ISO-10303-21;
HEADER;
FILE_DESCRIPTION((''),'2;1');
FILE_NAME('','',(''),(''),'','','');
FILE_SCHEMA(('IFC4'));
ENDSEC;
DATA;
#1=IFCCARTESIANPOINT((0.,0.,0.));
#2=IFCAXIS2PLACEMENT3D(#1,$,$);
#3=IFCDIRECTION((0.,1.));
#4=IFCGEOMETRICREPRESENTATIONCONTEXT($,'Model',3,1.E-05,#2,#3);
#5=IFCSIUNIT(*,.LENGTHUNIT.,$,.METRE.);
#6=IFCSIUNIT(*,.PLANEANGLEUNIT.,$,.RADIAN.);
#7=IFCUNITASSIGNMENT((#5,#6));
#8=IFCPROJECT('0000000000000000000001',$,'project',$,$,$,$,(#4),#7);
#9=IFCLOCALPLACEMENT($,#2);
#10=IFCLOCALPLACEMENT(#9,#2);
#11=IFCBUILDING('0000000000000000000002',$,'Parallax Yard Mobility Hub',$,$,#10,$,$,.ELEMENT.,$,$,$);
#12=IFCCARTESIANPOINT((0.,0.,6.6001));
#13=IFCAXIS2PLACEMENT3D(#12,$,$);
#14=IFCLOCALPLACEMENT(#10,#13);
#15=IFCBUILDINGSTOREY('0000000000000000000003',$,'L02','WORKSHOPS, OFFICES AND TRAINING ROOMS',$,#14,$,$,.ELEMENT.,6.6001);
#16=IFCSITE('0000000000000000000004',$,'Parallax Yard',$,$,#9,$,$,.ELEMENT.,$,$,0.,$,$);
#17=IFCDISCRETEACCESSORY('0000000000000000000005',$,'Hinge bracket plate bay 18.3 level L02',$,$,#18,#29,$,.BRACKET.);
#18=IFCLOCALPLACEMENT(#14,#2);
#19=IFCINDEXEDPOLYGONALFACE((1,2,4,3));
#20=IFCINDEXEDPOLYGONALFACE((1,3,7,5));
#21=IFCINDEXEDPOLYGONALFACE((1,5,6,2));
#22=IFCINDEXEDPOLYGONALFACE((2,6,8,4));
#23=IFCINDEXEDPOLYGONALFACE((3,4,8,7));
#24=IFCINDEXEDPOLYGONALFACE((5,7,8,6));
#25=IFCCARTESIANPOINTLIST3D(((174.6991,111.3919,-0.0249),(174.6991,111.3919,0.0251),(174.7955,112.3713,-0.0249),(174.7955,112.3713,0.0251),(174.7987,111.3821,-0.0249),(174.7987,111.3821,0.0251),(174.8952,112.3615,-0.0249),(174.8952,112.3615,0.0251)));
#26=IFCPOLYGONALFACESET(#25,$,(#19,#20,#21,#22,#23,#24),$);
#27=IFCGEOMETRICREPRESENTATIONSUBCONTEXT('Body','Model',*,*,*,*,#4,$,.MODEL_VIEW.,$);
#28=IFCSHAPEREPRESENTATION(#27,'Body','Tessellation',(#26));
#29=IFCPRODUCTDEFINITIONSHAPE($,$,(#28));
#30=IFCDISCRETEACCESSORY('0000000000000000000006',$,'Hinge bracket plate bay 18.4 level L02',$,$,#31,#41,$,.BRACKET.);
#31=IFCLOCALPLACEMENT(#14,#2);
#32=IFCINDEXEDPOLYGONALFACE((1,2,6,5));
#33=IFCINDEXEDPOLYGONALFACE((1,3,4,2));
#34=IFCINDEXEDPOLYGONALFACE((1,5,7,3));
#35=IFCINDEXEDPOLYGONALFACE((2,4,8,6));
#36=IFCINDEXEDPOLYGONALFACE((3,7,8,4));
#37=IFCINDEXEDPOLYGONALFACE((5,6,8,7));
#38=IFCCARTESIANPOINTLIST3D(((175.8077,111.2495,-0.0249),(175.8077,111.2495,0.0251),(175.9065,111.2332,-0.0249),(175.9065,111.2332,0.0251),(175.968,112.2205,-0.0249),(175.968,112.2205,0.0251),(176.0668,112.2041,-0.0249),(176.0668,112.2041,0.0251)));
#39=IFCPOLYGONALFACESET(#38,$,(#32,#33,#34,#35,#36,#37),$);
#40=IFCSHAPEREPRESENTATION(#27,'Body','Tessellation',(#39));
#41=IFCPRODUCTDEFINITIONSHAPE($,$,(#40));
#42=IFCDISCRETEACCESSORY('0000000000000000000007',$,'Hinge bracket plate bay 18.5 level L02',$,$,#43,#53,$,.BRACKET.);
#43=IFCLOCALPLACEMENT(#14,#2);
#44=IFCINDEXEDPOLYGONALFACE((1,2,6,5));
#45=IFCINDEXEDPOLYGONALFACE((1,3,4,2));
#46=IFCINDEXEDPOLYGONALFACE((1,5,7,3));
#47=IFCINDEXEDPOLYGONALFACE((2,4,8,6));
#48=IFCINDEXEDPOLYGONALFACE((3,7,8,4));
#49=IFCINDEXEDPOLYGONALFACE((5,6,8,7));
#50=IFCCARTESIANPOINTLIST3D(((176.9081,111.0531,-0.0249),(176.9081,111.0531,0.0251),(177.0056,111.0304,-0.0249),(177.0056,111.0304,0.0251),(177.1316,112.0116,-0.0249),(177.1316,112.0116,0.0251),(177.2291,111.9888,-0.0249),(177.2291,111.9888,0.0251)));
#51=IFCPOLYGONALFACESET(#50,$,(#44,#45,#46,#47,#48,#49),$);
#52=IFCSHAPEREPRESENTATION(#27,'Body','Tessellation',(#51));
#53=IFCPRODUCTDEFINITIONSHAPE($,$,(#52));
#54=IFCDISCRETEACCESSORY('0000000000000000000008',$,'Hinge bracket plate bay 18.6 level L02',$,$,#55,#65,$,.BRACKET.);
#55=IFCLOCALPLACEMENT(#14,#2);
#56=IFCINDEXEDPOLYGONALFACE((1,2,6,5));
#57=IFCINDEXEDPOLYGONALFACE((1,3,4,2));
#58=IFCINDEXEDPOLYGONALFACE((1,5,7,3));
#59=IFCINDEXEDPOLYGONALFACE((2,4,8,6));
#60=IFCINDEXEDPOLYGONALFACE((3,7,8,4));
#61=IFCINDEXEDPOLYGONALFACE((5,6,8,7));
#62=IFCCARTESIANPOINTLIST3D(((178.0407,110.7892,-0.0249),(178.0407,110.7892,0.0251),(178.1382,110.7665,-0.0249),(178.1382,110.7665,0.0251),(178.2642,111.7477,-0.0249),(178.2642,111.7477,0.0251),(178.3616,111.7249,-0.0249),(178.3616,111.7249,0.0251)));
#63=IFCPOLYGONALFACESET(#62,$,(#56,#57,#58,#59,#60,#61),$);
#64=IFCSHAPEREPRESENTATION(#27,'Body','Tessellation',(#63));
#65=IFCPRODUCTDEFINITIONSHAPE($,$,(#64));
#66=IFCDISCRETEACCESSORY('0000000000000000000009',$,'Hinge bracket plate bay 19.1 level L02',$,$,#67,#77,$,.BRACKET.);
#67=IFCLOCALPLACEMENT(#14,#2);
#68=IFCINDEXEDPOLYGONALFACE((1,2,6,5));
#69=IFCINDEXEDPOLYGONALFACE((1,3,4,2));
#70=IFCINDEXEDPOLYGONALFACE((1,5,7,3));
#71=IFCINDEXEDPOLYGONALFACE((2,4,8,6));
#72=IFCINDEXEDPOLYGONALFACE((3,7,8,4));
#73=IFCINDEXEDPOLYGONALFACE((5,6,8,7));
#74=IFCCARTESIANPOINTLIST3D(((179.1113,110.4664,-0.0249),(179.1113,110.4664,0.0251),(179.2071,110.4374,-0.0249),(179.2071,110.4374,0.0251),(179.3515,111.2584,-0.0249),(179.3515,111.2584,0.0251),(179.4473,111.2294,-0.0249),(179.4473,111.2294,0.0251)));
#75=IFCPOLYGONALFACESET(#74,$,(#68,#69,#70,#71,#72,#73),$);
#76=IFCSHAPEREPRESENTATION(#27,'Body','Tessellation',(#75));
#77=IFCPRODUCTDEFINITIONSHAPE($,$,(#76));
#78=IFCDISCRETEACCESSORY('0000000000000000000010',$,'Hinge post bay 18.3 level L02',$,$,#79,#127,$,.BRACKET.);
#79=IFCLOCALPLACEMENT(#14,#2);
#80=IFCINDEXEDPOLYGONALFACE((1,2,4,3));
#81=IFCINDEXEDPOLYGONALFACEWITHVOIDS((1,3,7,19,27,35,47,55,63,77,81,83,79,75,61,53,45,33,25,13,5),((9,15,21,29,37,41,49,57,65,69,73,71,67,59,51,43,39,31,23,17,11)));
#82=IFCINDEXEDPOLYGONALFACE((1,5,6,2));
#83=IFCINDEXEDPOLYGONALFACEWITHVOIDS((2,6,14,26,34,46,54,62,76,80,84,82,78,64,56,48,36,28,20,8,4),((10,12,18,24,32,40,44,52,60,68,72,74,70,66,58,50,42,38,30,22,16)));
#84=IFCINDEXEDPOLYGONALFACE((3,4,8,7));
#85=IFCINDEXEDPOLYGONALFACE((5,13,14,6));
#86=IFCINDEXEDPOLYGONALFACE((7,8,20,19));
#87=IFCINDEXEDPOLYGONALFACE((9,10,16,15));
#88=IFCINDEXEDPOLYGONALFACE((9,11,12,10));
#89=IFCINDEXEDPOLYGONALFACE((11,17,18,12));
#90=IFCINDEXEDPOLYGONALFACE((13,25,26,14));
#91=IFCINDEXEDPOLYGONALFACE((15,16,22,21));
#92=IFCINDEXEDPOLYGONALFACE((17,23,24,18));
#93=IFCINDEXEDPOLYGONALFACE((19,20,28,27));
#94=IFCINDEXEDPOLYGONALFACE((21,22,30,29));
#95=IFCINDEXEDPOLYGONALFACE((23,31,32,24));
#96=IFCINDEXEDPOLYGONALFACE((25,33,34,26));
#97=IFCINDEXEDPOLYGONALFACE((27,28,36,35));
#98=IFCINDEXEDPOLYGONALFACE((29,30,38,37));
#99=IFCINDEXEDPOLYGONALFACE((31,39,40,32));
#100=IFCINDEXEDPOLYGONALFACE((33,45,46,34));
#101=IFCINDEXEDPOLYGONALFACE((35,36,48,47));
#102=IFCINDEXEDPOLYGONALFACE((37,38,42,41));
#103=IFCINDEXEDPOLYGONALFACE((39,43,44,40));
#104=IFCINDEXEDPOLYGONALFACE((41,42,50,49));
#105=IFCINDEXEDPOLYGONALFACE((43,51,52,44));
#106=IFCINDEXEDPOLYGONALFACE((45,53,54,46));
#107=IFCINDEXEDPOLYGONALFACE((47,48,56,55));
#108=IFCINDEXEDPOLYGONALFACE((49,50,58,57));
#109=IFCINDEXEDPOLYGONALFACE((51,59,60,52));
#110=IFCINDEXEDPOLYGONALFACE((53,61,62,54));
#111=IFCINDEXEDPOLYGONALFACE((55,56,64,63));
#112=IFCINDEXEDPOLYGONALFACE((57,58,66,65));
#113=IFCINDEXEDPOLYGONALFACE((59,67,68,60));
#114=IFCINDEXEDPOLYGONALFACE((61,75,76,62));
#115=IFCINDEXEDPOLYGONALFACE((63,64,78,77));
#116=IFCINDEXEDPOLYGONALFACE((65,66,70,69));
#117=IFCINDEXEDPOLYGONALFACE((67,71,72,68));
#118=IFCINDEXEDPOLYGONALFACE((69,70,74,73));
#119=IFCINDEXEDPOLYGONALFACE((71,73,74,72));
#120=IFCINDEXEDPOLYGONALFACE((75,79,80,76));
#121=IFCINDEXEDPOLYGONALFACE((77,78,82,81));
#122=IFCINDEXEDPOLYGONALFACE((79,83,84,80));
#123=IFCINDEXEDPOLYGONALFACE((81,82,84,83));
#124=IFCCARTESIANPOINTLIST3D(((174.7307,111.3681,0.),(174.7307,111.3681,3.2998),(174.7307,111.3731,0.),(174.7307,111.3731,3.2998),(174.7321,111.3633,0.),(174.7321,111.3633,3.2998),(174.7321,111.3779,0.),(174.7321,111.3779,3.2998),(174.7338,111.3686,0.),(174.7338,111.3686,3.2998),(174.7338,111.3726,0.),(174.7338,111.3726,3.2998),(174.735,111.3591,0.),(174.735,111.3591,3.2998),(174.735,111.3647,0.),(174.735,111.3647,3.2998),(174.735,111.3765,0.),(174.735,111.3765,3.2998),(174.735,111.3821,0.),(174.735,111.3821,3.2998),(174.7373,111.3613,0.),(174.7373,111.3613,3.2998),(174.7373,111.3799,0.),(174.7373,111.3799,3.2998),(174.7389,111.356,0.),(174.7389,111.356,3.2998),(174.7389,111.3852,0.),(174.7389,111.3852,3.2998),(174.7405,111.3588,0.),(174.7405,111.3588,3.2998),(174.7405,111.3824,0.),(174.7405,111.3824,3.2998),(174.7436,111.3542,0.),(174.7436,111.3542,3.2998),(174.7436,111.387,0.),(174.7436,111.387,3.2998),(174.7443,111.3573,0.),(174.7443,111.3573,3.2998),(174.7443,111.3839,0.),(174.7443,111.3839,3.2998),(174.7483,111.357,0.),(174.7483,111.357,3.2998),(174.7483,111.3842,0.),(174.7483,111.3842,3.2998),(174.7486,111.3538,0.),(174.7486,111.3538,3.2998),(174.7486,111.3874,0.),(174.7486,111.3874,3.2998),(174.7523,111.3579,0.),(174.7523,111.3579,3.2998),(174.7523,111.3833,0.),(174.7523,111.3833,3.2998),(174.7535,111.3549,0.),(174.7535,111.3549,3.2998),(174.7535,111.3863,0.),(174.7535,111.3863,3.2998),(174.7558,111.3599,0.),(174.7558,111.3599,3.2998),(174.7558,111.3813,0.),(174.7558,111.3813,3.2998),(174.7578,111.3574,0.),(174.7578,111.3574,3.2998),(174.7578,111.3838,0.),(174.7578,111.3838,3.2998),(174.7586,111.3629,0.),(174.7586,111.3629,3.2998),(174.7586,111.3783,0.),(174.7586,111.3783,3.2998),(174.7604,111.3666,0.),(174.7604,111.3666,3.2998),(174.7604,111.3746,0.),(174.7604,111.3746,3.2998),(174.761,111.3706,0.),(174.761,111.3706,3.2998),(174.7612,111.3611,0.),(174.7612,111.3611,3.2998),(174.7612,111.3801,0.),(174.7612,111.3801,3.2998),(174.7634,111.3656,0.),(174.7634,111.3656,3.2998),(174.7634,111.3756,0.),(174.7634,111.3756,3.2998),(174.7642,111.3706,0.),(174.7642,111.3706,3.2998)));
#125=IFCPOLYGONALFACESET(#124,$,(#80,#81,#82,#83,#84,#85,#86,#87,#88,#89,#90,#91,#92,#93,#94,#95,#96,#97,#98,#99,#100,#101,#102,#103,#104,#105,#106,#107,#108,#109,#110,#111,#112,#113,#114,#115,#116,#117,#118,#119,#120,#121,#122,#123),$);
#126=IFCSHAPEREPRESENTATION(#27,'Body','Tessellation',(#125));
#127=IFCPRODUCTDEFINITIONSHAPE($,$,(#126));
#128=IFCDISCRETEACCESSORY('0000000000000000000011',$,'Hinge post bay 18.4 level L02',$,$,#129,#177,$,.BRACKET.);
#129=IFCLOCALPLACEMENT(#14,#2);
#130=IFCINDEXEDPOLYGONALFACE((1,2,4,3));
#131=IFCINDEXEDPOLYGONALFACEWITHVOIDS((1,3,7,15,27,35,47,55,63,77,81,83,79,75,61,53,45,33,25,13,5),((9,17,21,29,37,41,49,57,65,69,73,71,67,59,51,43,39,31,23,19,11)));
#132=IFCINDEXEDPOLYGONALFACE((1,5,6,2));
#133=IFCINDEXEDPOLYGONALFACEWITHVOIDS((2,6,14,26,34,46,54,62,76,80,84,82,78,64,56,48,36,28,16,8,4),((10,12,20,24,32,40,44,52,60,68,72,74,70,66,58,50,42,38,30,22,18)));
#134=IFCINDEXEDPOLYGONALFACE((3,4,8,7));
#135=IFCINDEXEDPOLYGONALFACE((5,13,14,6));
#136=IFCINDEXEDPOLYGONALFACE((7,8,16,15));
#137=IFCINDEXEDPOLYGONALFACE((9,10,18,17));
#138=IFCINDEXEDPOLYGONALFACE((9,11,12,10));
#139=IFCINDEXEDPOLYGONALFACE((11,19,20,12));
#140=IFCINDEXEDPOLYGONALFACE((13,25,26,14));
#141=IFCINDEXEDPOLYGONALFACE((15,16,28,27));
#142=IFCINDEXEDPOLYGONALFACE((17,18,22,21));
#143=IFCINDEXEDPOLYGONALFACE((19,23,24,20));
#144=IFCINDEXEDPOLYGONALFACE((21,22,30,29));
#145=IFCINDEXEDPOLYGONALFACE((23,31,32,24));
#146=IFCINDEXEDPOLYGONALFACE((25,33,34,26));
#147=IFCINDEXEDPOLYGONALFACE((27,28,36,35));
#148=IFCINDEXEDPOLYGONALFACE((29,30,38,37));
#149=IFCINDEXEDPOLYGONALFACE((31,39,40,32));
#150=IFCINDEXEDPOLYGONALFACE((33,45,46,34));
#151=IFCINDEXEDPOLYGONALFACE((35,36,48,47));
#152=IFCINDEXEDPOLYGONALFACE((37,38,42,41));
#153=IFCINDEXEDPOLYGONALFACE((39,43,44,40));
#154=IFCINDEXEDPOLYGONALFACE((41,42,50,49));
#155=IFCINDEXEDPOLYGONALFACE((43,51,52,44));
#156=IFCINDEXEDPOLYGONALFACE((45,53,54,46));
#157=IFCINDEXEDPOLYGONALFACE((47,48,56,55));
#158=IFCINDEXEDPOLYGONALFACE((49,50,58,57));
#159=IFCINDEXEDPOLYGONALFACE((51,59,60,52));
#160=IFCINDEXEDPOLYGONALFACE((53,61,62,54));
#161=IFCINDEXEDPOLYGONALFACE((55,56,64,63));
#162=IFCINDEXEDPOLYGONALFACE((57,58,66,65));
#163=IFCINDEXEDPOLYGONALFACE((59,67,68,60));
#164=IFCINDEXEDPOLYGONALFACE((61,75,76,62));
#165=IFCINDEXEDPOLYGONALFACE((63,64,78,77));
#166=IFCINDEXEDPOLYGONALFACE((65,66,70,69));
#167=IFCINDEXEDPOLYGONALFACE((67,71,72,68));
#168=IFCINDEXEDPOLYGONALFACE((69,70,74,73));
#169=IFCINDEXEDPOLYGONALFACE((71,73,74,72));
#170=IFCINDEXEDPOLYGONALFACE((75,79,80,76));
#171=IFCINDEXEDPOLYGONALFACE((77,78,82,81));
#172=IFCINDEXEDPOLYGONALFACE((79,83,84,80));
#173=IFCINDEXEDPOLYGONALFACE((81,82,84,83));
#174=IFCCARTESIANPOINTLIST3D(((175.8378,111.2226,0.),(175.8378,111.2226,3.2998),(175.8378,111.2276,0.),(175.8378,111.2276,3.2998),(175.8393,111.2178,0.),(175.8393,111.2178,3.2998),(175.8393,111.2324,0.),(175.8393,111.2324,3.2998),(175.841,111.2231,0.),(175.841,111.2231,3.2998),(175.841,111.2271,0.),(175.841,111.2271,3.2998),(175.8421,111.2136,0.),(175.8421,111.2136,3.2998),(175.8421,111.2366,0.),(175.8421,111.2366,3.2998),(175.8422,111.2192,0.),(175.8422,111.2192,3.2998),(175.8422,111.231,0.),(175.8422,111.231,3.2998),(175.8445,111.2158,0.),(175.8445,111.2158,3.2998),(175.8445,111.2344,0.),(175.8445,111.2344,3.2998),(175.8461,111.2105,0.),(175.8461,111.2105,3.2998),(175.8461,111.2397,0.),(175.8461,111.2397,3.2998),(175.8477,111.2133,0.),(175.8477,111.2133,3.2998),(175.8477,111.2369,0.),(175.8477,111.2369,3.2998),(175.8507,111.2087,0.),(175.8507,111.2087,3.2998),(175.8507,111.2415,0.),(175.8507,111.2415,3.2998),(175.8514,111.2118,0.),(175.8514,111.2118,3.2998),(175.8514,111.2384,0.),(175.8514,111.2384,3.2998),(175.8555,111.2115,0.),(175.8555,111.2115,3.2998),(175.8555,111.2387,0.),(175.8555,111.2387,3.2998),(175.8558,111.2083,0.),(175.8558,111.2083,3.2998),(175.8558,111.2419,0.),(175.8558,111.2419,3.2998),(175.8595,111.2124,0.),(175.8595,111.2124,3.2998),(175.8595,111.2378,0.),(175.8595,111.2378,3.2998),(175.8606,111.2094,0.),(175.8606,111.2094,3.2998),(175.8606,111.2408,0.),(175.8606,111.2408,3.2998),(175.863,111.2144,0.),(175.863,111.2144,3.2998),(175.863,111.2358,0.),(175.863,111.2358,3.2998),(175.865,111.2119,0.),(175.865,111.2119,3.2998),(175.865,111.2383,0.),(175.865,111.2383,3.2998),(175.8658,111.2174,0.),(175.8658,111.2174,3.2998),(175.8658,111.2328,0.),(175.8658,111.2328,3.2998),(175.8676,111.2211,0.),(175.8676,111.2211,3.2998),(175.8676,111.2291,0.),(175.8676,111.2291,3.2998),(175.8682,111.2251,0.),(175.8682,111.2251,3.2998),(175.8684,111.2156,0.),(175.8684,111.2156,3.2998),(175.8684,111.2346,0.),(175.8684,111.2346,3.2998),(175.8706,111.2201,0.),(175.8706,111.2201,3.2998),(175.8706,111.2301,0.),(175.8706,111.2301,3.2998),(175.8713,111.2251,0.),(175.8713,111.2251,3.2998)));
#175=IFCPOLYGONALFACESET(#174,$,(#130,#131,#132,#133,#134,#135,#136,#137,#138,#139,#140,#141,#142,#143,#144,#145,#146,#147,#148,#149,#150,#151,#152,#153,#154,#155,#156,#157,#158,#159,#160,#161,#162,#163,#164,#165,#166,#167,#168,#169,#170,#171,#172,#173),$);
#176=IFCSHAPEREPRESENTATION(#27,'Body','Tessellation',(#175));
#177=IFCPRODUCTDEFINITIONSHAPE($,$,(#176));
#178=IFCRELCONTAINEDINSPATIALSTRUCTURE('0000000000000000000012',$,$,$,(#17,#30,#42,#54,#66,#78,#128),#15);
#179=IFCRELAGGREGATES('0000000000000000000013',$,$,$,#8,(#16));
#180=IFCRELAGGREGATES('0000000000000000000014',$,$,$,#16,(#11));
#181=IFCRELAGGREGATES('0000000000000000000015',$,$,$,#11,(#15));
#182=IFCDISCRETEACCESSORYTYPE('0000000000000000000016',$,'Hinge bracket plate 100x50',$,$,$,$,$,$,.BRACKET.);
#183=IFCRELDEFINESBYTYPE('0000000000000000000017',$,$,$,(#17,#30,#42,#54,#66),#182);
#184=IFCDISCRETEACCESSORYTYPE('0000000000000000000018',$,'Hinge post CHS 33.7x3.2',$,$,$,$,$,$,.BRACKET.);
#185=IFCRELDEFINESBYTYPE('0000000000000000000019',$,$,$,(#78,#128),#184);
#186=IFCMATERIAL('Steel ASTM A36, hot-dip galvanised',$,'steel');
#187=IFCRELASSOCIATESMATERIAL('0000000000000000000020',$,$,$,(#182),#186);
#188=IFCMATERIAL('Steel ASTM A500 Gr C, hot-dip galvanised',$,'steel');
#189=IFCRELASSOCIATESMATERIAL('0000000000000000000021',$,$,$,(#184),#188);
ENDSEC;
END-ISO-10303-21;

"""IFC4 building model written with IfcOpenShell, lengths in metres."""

from ifc_helpers import new_model, si_unit, direction, frame, origin, origin_2d, place, context, subcontext, project, spatial, rectangle, hollow_circle, extrude, material, material_profile, profile_set, type_object, element, save


model = new_model("IFC4")

# Units and contexts
model_context = context("Model", 3, precision=1e-05, world=origin(), true_north=direction((0.0, 1.0)))
body_context = subcontext(model_context, "Body", "Model", "MODEL_VIEW")
ifc_project = project(units=[si_unit("LENGTHUNIT", "METRE"), si_unit("PLANEANGLEUNIT", "RADIAN")], contexts=[model_context])

# Site, building, storey
site_placement = place(None, origin())
site = spatial("IfcSite", under=ifc_project, at=site_placement, Name="Parallax Yard", CompositionType="ELEMENT", RefElevation=0.0)
building_placement = place(site_placement, origin())
building = spatial("IfcBuilding", under=site, at=building_placement, Name="Parallax Yard Mobility Hub", CompositionType="ELEMENT")
storey_placement = place(building_placement, frame((0.0, 0.0, 6.6001)))
storey = spatial("IfcBuildingStorey", under=building, at=storey_placement, Name="L02", Description="WORKSHOPS, OFFICES AND TRAINING ROOMS", CompositionType="ELEMENT", Elevation=6.6001)

# Discrete accessories
ifc_material_1 = material(Name="Steel ASTM A36, hot-dip galvanised", Category="steel")
discrete_accessory_type_1 = type_object("IfcDiscreteAccessoryType", Name="Hinge bracket plate 100x50", PredefinedType="BRACKET", material=ifc_material_1)
for number, where, z_axis, x_axis, name in (
    (1, (174.7971, 111.8767, -0.0249), (0.0, 0.0, 1.0), (-0.098017, -0.995185, 0.0), "Hinge bracket plate bay 18.3 level L02"),
    (2, (175.9373, 111.7268, -0.0249), (0.0, 0.0, 1.0), (-0.162895, -0.986643, 0.0), "Hinge bracket plate bay 18.4 level L02"),
    (3, (177.0686, 111.521, -0.0249), (0.0, 0.0, 1.0), (-0.227076, -0.973877, 0.0), "Hinge bracket plate bay 18.5 level L02"),
    (4, (178.2012, 111.2571, -0.0249), (0.0, 0.0, 1.0), (-0.227076, -0.973877, 0.0), "Hinge bracket plate bay 18.6 level L02"),
):
    element("IfcDiscreteAccessory", number, at=place(storey_placement, frame(where, z_axis=z_axis, x_axis=x_axis)), inside=storey, type_object=discrete_accessory_type_1, Name=name, PredefinedType="BRACKET", context=body_context, shape_type="SweptSolid", body=[
        extrude(rectangle(XDim=0.9841, YDim=0.1001, at=origin_2d()), origin(), (0.0, 0.0, 1.0), 0.05),
    ])
discrete_accessory_placement = place(storey_placement, frame((179.2793, 110.8479, -0.0249), z_axis=(0.0, 0.0, 1.0), x_axis=(-0.290285, -0.95694, 0.0)))
element("IfcDiscreteAccessory", 5, at=discrete_accessory_placement, inside=storey, type_object=discrete_accessory_type_1, Name="Hinge bracket plate bay 19.1 level L02", PredefinedType="BRACKET", context=body_context, shape_type="SweptSolid", body=[
    extrude(rectangle(XDim=0.8276, YDim=0.1001, at=origin_2d()), origin(), (0.0, 0.0, 1.0), 0.05),
])
ifc_material_2 = material(Name="Steel ASTM A500 Gr C, hot-dip galvanised", Category="steel")
ifc_material_profile_1 = material_profile(ifc_material_2, hollow_circle(Radius=0.0168, WallThickness=0.0032, at=origin_2d()), Name="CHS 33.7x3.2")
ifc_profile_set_1 = profile_set([ifc_material_profile_1], Name="Steel ASTM A500 Gr C, hot-dip galvanised")
discrete_accessory_type_2 = type_object("IfcDiscreteAccessoryType", Name="Hinge post CHS 33.7x3.2", PredefinedType="BRACKET", material=ifc_profile_set_1)
for number, where, z_axis, x_axis, name in (
    (6, (174.7473, 111.3706, 0.0), (0.0, 0.0, 1.0), (1.0, 0.0, 0.0), "Hinge post bay 18.3 level L02"),
    (7, (175.8545, 111.2251, 0.0), (0.0, 0.0, 1.0), (1.0, 0.0, 0.0), "Hinge post bay 18.4 level L02"),
):
    element("IfcDiscreteAccessory", number, at=place(storey_placement, frame(where, z_axis=z_axis, x_axis=x_axis)), inside=storey, type_object=discrete_accessory_type_2, Name=name, PredefinedType="BRACKET", context=body_context, shape_type="SweptSolid", body=[
        extrude(hollow_circle(Radius=0.0168, WallThickness=0.0032, at=origin_2d()), origin(), (0.0, 0.0, 1.0), 3.2998),
    ])

save(model, "model.ifc")
